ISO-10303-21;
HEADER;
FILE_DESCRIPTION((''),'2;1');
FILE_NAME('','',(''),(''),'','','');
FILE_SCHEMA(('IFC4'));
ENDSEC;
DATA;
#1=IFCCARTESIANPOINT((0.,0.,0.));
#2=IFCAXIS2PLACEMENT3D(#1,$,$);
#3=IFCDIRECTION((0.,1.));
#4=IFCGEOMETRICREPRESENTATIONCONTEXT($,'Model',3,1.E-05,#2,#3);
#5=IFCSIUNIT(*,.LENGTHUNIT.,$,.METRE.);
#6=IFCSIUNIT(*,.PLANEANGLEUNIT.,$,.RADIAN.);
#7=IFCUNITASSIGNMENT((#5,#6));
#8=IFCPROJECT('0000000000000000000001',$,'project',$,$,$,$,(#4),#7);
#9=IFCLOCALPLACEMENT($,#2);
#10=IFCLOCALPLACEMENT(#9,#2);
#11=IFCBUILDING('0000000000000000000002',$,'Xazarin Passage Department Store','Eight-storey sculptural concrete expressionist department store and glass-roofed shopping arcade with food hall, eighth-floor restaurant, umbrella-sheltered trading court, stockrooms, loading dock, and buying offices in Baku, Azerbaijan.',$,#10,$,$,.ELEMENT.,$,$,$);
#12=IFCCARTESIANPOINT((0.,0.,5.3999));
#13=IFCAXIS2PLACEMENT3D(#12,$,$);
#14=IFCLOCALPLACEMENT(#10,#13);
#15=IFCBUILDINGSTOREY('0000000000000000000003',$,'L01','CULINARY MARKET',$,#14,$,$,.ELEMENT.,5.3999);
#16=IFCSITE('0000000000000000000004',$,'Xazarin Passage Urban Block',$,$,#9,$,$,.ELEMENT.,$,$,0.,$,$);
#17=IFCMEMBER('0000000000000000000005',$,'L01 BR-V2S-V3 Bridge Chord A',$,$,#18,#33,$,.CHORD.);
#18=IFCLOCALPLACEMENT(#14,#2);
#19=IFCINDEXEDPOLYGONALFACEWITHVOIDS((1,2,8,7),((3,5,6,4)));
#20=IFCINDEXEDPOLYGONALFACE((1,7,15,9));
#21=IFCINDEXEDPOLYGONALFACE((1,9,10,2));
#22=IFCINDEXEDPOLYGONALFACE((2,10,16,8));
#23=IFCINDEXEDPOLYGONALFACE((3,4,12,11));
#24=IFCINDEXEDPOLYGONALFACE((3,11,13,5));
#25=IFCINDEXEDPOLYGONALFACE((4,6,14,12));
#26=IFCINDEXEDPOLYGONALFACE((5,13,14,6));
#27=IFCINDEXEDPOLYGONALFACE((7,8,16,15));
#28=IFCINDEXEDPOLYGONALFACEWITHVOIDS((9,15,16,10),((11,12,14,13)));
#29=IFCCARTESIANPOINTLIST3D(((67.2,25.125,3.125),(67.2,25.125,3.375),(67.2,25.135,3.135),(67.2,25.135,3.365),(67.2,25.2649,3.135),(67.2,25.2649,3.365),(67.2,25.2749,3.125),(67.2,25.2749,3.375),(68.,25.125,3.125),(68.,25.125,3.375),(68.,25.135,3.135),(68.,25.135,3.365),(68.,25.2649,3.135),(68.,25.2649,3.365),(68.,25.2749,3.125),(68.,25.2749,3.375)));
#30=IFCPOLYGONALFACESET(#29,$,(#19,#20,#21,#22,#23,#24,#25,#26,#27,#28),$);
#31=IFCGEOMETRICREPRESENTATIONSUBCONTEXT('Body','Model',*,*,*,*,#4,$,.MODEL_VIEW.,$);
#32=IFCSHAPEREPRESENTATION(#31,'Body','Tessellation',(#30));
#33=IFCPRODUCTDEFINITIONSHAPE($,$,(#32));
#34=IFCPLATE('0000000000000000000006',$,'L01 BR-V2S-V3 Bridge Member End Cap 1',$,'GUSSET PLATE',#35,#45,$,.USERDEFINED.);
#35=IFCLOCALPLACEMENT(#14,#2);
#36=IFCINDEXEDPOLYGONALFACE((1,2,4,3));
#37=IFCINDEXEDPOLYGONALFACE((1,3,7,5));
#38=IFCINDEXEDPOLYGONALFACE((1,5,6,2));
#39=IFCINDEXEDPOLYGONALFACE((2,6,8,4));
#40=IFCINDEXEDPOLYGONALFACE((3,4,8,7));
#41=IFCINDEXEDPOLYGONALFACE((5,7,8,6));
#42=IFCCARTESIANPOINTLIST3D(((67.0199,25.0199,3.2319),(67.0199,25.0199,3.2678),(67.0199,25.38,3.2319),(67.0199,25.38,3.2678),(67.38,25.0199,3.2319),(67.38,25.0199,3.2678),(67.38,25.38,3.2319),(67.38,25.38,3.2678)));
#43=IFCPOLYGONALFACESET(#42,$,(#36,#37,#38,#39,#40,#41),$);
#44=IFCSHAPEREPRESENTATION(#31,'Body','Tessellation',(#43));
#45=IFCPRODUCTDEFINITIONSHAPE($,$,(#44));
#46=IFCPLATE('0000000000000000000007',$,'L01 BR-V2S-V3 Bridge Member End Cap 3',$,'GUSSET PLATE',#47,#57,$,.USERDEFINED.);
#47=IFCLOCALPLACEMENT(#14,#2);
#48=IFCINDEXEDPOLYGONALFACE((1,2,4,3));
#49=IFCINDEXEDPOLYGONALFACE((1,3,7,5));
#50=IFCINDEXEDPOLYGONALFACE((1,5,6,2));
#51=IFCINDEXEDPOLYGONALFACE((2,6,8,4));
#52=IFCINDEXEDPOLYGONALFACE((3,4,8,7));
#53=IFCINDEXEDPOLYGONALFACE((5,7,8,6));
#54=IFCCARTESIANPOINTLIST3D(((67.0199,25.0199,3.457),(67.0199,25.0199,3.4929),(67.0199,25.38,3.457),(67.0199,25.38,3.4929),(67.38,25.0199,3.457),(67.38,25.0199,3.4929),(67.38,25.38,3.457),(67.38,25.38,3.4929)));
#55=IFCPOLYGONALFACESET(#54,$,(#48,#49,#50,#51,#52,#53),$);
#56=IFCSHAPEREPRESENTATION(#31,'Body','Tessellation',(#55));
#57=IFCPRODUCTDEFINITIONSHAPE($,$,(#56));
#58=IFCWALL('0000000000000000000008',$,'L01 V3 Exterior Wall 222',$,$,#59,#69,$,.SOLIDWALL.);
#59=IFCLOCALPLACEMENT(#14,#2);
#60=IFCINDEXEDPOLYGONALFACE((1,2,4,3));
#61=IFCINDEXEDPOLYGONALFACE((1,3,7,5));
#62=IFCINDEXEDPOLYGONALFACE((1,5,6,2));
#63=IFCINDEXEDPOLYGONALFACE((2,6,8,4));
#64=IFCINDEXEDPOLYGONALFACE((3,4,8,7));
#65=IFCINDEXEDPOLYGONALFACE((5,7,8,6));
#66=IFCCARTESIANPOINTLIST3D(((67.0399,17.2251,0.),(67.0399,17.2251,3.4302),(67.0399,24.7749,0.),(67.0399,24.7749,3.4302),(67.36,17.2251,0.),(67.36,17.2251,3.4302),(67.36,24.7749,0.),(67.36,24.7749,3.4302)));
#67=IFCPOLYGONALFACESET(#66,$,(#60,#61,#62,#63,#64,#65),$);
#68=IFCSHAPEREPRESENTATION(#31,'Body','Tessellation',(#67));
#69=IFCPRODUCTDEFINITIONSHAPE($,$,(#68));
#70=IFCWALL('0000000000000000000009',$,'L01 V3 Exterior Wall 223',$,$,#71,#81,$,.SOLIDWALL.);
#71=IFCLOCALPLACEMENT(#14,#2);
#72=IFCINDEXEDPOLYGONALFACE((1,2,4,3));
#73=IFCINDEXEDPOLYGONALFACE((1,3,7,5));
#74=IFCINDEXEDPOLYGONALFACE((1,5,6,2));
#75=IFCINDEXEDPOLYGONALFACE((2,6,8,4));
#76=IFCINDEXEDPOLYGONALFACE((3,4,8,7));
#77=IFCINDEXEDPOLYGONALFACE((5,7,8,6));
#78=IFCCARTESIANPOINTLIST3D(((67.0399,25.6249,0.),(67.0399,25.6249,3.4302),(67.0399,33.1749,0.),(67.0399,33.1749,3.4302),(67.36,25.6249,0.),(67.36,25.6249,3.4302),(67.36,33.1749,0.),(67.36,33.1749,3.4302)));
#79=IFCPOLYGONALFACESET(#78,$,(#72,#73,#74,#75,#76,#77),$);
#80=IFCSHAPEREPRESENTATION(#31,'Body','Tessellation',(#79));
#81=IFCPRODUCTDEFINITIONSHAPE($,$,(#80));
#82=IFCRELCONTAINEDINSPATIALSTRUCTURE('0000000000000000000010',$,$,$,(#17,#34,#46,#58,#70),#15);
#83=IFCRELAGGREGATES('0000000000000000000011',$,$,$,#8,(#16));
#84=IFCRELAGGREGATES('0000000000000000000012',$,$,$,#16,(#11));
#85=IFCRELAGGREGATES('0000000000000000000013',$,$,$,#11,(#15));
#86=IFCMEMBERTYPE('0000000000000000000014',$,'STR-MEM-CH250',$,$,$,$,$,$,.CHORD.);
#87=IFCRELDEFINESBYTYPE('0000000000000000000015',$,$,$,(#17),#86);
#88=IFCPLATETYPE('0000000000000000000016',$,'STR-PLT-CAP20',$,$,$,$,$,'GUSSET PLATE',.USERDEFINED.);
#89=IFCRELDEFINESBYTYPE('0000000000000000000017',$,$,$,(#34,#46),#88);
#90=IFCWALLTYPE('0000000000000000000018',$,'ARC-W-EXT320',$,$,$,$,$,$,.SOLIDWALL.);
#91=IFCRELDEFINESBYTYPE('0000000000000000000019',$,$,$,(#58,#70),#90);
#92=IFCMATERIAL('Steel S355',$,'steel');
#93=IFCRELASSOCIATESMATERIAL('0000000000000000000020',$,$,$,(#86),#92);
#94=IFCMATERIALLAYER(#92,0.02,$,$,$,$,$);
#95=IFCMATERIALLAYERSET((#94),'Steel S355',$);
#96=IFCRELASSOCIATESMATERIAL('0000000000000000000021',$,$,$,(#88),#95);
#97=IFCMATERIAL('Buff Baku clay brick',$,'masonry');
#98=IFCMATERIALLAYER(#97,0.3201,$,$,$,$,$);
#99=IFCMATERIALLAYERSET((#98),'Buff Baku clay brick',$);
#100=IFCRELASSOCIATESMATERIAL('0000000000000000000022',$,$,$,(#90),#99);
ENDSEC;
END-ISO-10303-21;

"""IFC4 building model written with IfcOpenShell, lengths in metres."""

from ifc_helpers import new_model, si_unit, direction, frame, frame_2d, origin, origin_2d, place, context, subcontext, project, spatial, rectangle, hollow_rectangle, extrude, material, layer, layer_set, material_profile, profile_set, type_object, element, save


model = new_model("IFC4")

# Units and contexts
model_context = context("Model", 3, precision=1e-05, world=origin(), true_north=direction((0.0, 1.0)))
body_context = subcontext(model_context, "Body", "Model", "MODEL_VIEW")
ifc_project = project(units=[si_unit("LENGTHUNIT", "METRE"), si_unit("PLANEANGLEUNIT", "RADIAN")], contexts=[model_context])

# Site, building, storey
site_placement = place(None, origin())
site = spatial("IfcSite", under=ifc_project, at=site_placement, Name="Xazarin Passage Urban Block", CompositionType="ELEMENT", RefElevation=0.0)
building_placement = place(site_placement, origin())
building = spatial("IfcBuilding", under=site, at=building_placement, Name="Xazarin Passage Department Store", Description="Eight-storey sculptural concrete expressionist department store and glass-roofed shopping arcade with food hall, eighth-floor restaurant, umbrella-sheltered trading court, stockrooms, loading dock, and buying offices in Baku, Azerbaijan.", CompositionType="ELEMENT")
storey_placement = place(building_placement, frame((0.0, 0.0, 5.3999)))
storey = spatial("IfcBuildingStorey", under=building, at=storey_placement, Name="L01", Description="CULINARY MARKET", CompositionType="ELEMENT", Elevation=5.3999)

# Shared definitions
ifc_material_1 = material(Name="Steel S355", Category="steel")

# Member
ifc_material_profile_1 = material_profile(ifc_material_1, hollow_rectangle(XDim=0.1499, YDim=0.25, WallThickness=0.01, at=origin_2d()), Name="RHS 250x150x10")
ifc_profile_set_1 = profile_set([ifc_material_profile_1], Name="Steel S355")
member_type_1 = type_object("IfcMemberType", Name="STR-MEM-CH250", PredefinedType="CHORD", material=ifc_profile_set_1)
member_1_placement = place(storey_placement, frame((67.2, 25.2, 3.25), z_axis=(1.0, 0.0, 0.0), x_axis=(0.0, 1.0, 0.0)))
element("IfcMember", 1, at=member_1_placement, inside=storey, type_object=member_type_1, Name="L01 BR-V2S-V3 Bridge Chord A", PredefinedType="CHORD", context=body_context, shape_type="SweptSolid", body=[
    extrude(hollow_rectangle(XDim=0.1499, YDim=0.25, WallThickness=0.01, at=origin_2d()), origin(), (0.0, 0.0, 1.0), 0.8),
])

# Plates
ifc_layer_1 = layer(ifc_material_1, 0.02)
ifc_layer_set_1 = layer_set([ifc_layer_1], Name="Steel S355")
plate_type = type_object("IfcPlateType", Name="STR-PLT-CAP20", ElementType="GUSSET PLATE", PredefinedType="USERDEFINED", material=ifc_layer_set_1)
for number, where, z_axis, x_axis, name in (
    (2, (67.2, 25.2, 3.2319), (0.0, 0.0, 1.0), (1.0, 0.0, 0.0), "L01 BR-V2S-V3 Bridge Member End Cap 1"),
    (3, (67.2, 25.2, 3.457), (0.0, 0.0, 1.0), (1.0, 0.0, 0.0), "L01 BR-V2S-V3 Bridge Member End Cap 3"),
):
    element("IfcPlate", number, at=place(storey_placement, frame(where, z_axis=z_axis, x_axis=x_axis)), inside=storey, type_object=plate_type, Name=name, ObjectType="GUSSET PLATE", PredefinedType="USERDEFINED", context=body_context, shape_type="SweptSolid", body=[
        extrude(rectangle(XDim=0.3601, YDim=0.3601, at=origin_2d()), origin(), (0.0, 0.0, 1.0), 0.0359),
    ])

# Walls
ifc_material_2 = material(Name="Buff Baku clay brick", Category="masonry")
ifc_layer_2 = layer(ifc_material_2, 0.3201)
ifc_layer_set_2 = layer_set([ifc_layer_2], Name="Buff Baku clay brick")
wall_type = type_object("IfcWallType", Name="ARC-W-EXT320", PredefinedType="SOLIDWALL", material=ifc_layer_set_2)
wall_1_placement = place(storey_placement, frame((67.2, 17.2251, 0.0), z_axis=(0.0, 0.0, 1.0), x_axis=(0.0, 1.0, 0.0)))
element("IfcWall", 4, at=wall_1_placement, inside=storey, type_object=wall_type, Name="L01 V3 Exterior Wall 222", PredefinedType="SOLIDWALL", context=body_context, shape_type="SweptSolid", body=[
    extrude(rectangle(XDim=7.5498, YDim=0.3201, at=frame_2d((3.7749, 0.0))), origin(), (0.0, 0.0, 1.0), 3.4302),
])
wall_2_placement = place(storey_placement, frame((67.2, 25.625, 0.0), z_axis=(0.0, 0.0, 1.0), x_axis=(0.0, 1.0, 0.0)))
element("IfcWall", 5, at=wall_2_placement, inside=storey, type_object=wall_type, Name="L01 V3 Exterior Wall 223", PredefinedType="SOLIDWALL", context=body_context, shape_type="SweptSolid", body=[
    extrude(rectangle(XDim=7.55, YDim=0.3201, at=frame_2d((3.7749, 0.0))), origin(), (0.0, 0.0, 1.0), 3.4302),
])

save(model, "model.ifc")
